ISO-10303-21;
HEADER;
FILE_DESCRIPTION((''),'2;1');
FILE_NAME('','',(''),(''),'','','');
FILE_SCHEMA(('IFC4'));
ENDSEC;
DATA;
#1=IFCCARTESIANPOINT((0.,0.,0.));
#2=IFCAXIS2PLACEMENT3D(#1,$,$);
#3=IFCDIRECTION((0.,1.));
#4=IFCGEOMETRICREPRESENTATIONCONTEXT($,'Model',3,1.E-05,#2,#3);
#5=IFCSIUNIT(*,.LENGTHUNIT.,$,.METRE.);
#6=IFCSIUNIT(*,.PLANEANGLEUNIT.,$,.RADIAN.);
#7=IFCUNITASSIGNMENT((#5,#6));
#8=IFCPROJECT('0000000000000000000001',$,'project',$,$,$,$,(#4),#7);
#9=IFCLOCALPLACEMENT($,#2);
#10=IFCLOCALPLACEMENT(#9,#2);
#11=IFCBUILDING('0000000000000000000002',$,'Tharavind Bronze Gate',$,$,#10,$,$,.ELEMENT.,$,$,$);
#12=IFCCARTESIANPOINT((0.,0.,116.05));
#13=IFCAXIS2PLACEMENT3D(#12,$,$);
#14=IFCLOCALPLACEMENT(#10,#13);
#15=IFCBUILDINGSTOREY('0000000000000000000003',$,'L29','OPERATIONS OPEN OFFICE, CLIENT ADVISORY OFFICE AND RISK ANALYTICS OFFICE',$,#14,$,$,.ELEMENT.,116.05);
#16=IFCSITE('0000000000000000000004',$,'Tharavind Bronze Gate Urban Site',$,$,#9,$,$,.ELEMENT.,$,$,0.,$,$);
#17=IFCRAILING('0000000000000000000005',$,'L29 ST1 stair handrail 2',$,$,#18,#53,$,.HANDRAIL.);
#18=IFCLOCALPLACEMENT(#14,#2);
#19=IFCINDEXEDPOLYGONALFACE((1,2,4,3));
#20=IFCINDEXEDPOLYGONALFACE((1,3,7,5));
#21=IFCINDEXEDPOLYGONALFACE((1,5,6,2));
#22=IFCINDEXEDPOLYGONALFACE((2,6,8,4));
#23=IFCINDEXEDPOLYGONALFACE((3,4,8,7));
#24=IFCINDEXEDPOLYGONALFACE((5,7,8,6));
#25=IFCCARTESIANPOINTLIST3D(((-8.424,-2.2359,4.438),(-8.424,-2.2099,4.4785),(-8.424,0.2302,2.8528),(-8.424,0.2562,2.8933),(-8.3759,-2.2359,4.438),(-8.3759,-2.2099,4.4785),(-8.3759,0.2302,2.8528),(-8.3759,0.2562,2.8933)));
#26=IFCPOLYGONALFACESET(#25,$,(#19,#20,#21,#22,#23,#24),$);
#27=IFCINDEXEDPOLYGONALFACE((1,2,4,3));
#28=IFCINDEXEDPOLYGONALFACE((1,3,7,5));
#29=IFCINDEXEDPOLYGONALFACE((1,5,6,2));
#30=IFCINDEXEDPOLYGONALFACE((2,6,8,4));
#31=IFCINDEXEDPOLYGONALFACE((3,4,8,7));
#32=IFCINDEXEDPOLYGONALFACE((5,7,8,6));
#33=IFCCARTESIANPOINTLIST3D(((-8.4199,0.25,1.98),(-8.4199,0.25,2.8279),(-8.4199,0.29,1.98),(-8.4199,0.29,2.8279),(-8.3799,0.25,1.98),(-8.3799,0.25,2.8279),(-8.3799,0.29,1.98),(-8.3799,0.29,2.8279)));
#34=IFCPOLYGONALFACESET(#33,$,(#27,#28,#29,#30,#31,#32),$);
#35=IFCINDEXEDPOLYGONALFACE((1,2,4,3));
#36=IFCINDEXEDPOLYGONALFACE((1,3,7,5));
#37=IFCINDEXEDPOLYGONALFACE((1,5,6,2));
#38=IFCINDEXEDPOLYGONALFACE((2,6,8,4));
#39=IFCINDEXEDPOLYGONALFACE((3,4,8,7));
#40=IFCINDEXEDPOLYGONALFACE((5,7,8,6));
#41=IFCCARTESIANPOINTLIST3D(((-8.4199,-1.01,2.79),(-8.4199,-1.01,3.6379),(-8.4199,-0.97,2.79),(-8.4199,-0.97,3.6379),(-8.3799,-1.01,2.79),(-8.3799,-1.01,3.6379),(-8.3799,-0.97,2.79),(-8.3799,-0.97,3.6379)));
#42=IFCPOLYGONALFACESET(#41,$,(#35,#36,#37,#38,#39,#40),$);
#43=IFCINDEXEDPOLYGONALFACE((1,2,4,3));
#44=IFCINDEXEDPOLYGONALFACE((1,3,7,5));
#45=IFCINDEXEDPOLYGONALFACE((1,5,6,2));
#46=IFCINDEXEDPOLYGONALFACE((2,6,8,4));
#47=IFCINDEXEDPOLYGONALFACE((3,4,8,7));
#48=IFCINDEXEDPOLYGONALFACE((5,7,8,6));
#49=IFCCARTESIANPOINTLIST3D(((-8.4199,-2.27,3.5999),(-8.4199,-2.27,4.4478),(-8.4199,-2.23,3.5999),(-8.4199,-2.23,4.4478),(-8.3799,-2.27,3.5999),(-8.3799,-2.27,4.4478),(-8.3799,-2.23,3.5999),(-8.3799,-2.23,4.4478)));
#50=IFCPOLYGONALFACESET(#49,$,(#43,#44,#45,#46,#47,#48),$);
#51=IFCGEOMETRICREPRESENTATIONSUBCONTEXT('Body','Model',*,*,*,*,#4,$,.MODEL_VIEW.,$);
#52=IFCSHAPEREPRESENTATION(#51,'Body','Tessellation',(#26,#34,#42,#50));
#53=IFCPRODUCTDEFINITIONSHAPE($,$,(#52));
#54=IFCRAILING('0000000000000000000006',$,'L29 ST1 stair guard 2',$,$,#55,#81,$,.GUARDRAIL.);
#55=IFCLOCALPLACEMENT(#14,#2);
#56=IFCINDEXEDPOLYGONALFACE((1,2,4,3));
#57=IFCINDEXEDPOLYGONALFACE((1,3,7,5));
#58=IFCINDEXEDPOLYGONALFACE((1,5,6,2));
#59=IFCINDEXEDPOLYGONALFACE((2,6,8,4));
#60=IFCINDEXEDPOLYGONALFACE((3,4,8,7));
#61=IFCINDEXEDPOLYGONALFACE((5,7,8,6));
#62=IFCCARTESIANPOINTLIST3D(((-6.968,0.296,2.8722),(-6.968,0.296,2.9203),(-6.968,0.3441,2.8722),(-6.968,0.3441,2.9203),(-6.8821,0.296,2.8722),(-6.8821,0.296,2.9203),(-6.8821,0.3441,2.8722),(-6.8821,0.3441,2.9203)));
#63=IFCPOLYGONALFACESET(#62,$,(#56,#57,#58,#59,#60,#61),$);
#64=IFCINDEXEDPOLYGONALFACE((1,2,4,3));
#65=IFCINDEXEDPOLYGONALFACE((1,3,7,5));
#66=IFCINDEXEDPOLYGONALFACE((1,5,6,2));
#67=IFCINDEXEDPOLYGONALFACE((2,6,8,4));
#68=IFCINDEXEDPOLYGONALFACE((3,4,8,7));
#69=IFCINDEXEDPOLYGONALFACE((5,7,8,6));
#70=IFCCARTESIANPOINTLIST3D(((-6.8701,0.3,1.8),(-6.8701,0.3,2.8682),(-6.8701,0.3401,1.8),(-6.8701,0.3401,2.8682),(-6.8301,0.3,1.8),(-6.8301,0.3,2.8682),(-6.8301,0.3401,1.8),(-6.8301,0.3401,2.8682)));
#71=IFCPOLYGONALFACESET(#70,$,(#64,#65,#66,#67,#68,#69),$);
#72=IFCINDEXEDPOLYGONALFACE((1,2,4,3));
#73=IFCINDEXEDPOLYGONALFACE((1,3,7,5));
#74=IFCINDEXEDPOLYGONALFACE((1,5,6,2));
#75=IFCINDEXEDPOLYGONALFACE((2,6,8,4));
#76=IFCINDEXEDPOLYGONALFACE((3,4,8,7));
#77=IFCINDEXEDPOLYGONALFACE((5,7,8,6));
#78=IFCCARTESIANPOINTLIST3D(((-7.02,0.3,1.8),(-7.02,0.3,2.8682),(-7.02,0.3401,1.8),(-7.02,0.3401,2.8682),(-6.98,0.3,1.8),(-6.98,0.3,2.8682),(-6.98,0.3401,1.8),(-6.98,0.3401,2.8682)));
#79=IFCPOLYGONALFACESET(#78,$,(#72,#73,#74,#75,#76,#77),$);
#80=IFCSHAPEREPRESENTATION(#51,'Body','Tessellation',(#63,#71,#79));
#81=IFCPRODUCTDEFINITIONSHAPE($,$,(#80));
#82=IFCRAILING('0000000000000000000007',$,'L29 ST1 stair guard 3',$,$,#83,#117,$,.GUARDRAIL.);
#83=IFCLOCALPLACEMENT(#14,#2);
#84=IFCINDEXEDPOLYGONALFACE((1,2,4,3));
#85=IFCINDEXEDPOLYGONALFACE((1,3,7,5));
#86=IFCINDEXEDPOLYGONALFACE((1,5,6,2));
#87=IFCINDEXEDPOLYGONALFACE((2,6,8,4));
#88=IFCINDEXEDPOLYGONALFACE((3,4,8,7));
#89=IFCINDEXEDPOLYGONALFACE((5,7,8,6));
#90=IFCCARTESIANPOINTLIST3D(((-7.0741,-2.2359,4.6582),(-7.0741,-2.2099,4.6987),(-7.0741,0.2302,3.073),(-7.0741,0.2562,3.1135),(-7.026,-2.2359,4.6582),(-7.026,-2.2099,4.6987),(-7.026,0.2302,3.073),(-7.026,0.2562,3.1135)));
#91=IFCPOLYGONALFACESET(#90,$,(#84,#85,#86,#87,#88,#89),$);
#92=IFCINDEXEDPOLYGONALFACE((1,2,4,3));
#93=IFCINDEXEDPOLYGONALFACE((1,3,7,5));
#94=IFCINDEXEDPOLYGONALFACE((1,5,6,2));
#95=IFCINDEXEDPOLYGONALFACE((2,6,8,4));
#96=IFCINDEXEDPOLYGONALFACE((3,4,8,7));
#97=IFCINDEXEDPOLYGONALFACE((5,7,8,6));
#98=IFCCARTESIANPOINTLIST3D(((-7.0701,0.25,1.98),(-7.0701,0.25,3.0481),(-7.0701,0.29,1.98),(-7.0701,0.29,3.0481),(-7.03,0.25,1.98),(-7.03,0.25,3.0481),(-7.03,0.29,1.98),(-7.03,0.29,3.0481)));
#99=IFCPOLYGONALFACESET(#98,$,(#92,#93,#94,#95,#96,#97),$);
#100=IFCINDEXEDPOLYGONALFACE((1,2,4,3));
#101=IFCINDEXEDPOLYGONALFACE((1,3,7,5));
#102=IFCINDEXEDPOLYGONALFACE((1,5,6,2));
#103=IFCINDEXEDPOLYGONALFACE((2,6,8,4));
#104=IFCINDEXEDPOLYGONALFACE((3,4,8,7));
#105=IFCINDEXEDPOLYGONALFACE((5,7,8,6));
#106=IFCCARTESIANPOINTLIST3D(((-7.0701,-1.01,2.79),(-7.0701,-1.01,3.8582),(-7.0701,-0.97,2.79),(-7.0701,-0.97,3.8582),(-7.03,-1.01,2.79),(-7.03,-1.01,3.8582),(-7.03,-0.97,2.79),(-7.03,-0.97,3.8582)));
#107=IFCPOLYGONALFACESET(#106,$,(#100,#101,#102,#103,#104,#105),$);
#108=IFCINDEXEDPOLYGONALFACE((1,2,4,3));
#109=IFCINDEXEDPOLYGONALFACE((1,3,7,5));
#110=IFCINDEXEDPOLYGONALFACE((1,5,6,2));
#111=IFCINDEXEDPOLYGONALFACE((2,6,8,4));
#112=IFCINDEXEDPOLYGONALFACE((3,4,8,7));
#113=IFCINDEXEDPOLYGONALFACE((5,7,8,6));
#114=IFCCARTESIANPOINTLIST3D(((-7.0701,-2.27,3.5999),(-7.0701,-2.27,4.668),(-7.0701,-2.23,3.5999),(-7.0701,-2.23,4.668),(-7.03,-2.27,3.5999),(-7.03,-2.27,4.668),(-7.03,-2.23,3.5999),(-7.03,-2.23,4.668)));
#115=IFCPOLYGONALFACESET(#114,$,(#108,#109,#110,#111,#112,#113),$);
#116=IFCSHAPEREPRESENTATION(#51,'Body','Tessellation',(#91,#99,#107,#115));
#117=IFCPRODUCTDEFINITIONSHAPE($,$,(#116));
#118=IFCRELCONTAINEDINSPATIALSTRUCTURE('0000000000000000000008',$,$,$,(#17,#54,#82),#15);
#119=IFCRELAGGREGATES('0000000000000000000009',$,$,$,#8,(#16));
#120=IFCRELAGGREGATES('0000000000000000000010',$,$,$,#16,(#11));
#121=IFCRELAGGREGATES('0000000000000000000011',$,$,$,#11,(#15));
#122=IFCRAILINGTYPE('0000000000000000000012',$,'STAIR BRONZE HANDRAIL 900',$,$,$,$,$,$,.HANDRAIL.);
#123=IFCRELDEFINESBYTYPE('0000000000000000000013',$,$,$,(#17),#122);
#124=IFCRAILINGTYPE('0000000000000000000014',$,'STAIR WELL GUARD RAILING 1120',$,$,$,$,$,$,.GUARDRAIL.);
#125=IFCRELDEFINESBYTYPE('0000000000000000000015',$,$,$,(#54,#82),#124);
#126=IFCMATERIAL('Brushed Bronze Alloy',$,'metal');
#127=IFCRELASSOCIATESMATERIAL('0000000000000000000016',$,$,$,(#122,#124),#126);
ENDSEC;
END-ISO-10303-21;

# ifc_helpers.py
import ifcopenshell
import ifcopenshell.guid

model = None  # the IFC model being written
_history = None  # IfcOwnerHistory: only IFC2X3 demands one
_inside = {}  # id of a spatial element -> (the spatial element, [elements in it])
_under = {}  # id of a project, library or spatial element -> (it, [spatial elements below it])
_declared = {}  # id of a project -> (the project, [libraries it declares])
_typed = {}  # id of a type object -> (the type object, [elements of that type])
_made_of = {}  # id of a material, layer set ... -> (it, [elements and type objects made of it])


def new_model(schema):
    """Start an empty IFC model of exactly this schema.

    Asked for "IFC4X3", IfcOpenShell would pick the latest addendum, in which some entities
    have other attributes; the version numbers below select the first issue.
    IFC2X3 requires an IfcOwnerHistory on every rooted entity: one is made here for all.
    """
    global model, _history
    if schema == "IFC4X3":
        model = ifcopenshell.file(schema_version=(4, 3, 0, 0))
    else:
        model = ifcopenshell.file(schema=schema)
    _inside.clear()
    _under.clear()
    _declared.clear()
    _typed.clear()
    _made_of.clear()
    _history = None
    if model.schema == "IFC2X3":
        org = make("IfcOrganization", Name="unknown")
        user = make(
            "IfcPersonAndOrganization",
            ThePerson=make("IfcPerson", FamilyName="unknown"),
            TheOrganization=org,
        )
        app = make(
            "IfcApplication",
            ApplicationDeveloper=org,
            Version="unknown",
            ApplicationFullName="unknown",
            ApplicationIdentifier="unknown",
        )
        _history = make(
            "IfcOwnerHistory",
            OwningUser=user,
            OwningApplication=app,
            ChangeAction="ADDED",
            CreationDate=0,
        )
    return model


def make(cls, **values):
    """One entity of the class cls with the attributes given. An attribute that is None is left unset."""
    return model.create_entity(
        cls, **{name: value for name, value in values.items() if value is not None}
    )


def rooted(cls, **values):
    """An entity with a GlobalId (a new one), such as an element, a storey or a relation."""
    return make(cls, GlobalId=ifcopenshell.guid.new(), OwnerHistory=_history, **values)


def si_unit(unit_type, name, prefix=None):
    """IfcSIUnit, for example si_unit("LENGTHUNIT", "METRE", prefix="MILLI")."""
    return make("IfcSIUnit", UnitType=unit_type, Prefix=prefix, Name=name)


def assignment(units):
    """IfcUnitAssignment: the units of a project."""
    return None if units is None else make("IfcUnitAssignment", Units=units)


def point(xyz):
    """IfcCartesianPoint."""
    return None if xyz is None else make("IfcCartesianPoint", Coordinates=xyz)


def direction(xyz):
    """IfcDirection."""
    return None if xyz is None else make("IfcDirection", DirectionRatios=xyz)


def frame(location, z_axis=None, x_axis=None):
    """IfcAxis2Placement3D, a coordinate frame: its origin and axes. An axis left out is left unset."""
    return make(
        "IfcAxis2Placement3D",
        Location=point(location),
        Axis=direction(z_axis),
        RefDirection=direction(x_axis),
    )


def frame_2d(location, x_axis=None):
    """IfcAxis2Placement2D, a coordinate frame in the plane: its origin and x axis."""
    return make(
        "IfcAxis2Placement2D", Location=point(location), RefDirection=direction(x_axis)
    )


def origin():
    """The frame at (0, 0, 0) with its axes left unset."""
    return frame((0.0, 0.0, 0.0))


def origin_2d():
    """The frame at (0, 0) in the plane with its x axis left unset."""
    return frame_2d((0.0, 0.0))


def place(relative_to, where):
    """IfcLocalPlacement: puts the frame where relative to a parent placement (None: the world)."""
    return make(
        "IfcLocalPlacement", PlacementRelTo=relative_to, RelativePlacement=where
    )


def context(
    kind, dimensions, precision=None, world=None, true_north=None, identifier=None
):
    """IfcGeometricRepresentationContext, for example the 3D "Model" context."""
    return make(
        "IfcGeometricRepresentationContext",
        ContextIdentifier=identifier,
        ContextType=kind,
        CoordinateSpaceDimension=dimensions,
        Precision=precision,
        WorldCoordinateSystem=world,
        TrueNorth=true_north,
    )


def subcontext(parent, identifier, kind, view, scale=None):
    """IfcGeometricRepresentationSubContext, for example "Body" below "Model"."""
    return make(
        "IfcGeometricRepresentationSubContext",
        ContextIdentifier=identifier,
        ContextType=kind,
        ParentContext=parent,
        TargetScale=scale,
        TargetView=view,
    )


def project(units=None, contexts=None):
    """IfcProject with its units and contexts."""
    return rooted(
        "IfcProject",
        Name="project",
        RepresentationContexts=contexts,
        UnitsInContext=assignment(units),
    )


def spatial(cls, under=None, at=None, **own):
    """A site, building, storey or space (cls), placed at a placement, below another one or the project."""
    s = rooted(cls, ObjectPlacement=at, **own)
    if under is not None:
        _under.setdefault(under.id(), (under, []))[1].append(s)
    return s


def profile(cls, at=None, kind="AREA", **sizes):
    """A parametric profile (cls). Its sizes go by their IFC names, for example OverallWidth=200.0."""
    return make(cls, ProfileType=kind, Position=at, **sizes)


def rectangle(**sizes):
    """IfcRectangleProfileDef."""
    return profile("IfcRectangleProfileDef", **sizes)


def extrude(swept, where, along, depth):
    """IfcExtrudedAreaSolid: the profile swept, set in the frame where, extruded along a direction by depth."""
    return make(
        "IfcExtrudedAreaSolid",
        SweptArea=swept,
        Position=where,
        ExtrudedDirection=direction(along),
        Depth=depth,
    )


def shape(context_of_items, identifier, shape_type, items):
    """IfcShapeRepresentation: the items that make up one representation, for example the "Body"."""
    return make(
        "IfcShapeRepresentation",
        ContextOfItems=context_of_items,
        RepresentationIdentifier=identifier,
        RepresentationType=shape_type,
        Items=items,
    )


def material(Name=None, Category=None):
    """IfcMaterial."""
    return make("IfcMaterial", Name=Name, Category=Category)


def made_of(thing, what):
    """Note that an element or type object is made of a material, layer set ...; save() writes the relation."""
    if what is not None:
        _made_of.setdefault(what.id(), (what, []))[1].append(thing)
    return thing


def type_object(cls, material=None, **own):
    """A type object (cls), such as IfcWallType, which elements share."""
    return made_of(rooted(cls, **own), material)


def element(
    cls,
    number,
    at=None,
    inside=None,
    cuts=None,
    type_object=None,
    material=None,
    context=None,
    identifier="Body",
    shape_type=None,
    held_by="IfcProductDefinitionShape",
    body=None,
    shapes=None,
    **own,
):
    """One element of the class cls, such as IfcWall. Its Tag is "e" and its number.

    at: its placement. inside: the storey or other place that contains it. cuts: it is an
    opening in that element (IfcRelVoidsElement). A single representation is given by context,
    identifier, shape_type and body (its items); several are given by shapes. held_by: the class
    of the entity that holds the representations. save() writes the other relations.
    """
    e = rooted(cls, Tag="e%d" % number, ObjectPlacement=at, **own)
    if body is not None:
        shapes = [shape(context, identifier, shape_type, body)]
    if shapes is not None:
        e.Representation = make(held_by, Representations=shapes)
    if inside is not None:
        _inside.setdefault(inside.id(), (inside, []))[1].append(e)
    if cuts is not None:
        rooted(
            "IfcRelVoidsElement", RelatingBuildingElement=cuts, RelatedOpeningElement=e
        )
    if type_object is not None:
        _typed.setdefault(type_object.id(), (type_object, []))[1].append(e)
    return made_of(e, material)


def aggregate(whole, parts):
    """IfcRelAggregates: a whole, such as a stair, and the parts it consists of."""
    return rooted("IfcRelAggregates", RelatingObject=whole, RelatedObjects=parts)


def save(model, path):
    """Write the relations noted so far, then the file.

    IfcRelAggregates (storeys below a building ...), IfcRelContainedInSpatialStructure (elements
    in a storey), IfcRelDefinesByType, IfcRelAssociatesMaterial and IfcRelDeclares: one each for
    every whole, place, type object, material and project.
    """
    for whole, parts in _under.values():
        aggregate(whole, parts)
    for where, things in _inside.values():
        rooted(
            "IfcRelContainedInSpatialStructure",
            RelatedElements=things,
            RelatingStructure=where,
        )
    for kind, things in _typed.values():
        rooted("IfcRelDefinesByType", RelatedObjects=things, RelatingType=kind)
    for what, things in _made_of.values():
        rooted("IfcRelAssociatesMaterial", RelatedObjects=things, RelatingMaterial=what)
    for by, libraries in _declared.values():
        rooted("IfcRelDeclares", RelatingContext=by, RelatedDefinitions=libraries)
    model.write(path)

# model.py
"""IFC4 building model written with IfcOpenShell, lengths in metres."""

from ifc_helpers import new_model, si_unit, direction, frame, origin, origin_2d, place, context, subcontext, project, spatial, rectangle, extrude, material, type_object, element, save


model = new_model("IFC4")

# Units and contexts
model_context = context("Model", 3, precision=1e-05, world=origin(), true_north=direction((0.0, 1.0)))
body_context = subcontext(model_context, "Body", "Model", "MODEL_VIEW")
ifc_project = project(units=[si_unit("LENGTHUNIT", "METRE"), si_unit("PLANEANGLEUNIT", "RADIAN")], contexts=[model_context])

# Site, building, storey
site_placement = place(None, origin())
site = spatial("IfcSite", under=ifc_project, at=site_placement, Name="Tharavind Bronze Gate Urban Site", CompositionType="ELEMENT", RefElevation=0.0)
building_placement = place(site_placement, origin())
building = spatial("IfcBuilding", under=site, at=building_placement, Name="Tharavind Bronze Gate", CompositionType="ELEMENT")
storey_placement = place(building_placement, frame((0.0, 0.0, 116.05)))
storey = spatial("IfcBuildingStorey", under=building, at=storey_placement, Name="L29", Description="OPERATIONS OPEN OFFICE, CLIENT ADVISORY OFFICE AND RISK ANALYTICS OFFICE", CompositionType="ELEMENT", Elevation=116.05)

# Railings
ifc_material_1 = material(Name="Brushed Bronze Alloy", Category="metal")
railing_type_1 = type_object("IfcRailingType", Name="STAIR BRONZE HANDRAIL 900", PredefinedType="HANDRAIL", material=ifc_material_1)
railing_1_placement = place(storey_placement, frame((-8.3999, 0.27, 1.98)))
element("IfcRailing", 1, at=railing_1_placement, inside=storey, type_object=railing_type_1, Name="L29 ST1 stair handrail 2", PredefinedType="HANDRAIL", context=body_context, shape_type="SweptSolid", body=[
    extrude(rectangle(XDim=0.0481, YDim=0.0481, at=origin_2d()), frame((0.0, -0.0269, 0.8931), z_axis=(0.0, -0.8412, 0.540725), x_axis=(1.0, 0.0, 0.0)), (0.0, 0.0, 1.0), 2.9316),
    extrude(rectangle(XDim=0.04, YDim=0.04, at=origin_2d()), origin(), (0.0, 0.0, 1.0), 0.8479),
    extrude(rectangle(XDim=0.04, YDim=0.04, at=origin_2d()), frame((0.0, -1.26, 0.8101)), (0.0, 0.0, 1.0), 0.8479),
    extrude(rectangle(XDim=0.04, YDim=0.04, at=origin_2d()), frame((0.0, -2.52, 1.6199)), (0.0, 0.0, 1.0), 0.8479),
])
railing_type_2 = type_object("IfcRailingType", Name="STAIR WELL GUARD RAILING 1120", PredefinedType="GUARDRAIL", material=ifc_material_1)
railing_2_placement = place(storey_placement, frame((-6.8501, 0.3201, 1.8)))
element("IfcRailing", 2, at=railing_2_placement, inside=storey, type_object=railing_type_2, Name="L29 ST1 stair guard 2", PredefinedType="GUARDRAIL", context=body_context, shape_type="SweptSolid", body=[
    extrude(rectangle(XDim=0.0481, YDim=0.0481, at=origin_2d()), frame((-0.032, 0.0, 1.0962), z_axis=(-1.0, 0.0, 0.0), x_axis=(0.0, -1.0, 0.0)), (0.0, 0.0, 1.0), 0.0859),
    extrude(rectangle(XDim=0.04, YDim=0.04, at=origin_2d()), origin(), (0.0, 0.0, 1.0), 1.0681),
    extrude(rectangle(XDim=0.04, YDim=0.04, at=origin_2d()), frame((-0.1499, 0.0, 0.0)), (0.0, 0.0, 1.0), 1.0681),
])
railing_3_placement = place(storey_placement, frame((-7.05, 0.27, 1.98)))
element("IfcRailing", 3, at=railing_3_placement, inside=storey, type_object=railing_type_2, Name="L29 ST1 stair guard 3", PredefinedType="GUARDRAIL", context=body_context, shape_type="SweptSolid", body=[
    extrude(rectangle(XDim=0.0481, YDim=0.0481, at=origin_2d()), frame((0.0, -0.0269, 1.1133), z_axis=(0.0, -0.8412, 0.540725), x_axis=(1.0, 0.0, 0.0)), (0.0, 0.0, 1.0), 2.9316),
    extrude(rectangle(XDim=0.04, YDim=0.04, at=origin_2d()), origin(), (0.0, 0.0, 1.0), 1.0681),
    extrude(rectangle(XDim=0.04, YDim=0.04, at=origin_2d()), frame((0.0, -1.26, 0.8101)), (0.0, 0.0, 1.0), 1.0681),
    extrude(rectangle(XDim=0.04, YDim=0.04, at=origin_2d()), frame((0.0, -2.52, 1.6199)), (0.0, 0.0, 1.0), 1.0681),
])

save(model, "model.ifc")
